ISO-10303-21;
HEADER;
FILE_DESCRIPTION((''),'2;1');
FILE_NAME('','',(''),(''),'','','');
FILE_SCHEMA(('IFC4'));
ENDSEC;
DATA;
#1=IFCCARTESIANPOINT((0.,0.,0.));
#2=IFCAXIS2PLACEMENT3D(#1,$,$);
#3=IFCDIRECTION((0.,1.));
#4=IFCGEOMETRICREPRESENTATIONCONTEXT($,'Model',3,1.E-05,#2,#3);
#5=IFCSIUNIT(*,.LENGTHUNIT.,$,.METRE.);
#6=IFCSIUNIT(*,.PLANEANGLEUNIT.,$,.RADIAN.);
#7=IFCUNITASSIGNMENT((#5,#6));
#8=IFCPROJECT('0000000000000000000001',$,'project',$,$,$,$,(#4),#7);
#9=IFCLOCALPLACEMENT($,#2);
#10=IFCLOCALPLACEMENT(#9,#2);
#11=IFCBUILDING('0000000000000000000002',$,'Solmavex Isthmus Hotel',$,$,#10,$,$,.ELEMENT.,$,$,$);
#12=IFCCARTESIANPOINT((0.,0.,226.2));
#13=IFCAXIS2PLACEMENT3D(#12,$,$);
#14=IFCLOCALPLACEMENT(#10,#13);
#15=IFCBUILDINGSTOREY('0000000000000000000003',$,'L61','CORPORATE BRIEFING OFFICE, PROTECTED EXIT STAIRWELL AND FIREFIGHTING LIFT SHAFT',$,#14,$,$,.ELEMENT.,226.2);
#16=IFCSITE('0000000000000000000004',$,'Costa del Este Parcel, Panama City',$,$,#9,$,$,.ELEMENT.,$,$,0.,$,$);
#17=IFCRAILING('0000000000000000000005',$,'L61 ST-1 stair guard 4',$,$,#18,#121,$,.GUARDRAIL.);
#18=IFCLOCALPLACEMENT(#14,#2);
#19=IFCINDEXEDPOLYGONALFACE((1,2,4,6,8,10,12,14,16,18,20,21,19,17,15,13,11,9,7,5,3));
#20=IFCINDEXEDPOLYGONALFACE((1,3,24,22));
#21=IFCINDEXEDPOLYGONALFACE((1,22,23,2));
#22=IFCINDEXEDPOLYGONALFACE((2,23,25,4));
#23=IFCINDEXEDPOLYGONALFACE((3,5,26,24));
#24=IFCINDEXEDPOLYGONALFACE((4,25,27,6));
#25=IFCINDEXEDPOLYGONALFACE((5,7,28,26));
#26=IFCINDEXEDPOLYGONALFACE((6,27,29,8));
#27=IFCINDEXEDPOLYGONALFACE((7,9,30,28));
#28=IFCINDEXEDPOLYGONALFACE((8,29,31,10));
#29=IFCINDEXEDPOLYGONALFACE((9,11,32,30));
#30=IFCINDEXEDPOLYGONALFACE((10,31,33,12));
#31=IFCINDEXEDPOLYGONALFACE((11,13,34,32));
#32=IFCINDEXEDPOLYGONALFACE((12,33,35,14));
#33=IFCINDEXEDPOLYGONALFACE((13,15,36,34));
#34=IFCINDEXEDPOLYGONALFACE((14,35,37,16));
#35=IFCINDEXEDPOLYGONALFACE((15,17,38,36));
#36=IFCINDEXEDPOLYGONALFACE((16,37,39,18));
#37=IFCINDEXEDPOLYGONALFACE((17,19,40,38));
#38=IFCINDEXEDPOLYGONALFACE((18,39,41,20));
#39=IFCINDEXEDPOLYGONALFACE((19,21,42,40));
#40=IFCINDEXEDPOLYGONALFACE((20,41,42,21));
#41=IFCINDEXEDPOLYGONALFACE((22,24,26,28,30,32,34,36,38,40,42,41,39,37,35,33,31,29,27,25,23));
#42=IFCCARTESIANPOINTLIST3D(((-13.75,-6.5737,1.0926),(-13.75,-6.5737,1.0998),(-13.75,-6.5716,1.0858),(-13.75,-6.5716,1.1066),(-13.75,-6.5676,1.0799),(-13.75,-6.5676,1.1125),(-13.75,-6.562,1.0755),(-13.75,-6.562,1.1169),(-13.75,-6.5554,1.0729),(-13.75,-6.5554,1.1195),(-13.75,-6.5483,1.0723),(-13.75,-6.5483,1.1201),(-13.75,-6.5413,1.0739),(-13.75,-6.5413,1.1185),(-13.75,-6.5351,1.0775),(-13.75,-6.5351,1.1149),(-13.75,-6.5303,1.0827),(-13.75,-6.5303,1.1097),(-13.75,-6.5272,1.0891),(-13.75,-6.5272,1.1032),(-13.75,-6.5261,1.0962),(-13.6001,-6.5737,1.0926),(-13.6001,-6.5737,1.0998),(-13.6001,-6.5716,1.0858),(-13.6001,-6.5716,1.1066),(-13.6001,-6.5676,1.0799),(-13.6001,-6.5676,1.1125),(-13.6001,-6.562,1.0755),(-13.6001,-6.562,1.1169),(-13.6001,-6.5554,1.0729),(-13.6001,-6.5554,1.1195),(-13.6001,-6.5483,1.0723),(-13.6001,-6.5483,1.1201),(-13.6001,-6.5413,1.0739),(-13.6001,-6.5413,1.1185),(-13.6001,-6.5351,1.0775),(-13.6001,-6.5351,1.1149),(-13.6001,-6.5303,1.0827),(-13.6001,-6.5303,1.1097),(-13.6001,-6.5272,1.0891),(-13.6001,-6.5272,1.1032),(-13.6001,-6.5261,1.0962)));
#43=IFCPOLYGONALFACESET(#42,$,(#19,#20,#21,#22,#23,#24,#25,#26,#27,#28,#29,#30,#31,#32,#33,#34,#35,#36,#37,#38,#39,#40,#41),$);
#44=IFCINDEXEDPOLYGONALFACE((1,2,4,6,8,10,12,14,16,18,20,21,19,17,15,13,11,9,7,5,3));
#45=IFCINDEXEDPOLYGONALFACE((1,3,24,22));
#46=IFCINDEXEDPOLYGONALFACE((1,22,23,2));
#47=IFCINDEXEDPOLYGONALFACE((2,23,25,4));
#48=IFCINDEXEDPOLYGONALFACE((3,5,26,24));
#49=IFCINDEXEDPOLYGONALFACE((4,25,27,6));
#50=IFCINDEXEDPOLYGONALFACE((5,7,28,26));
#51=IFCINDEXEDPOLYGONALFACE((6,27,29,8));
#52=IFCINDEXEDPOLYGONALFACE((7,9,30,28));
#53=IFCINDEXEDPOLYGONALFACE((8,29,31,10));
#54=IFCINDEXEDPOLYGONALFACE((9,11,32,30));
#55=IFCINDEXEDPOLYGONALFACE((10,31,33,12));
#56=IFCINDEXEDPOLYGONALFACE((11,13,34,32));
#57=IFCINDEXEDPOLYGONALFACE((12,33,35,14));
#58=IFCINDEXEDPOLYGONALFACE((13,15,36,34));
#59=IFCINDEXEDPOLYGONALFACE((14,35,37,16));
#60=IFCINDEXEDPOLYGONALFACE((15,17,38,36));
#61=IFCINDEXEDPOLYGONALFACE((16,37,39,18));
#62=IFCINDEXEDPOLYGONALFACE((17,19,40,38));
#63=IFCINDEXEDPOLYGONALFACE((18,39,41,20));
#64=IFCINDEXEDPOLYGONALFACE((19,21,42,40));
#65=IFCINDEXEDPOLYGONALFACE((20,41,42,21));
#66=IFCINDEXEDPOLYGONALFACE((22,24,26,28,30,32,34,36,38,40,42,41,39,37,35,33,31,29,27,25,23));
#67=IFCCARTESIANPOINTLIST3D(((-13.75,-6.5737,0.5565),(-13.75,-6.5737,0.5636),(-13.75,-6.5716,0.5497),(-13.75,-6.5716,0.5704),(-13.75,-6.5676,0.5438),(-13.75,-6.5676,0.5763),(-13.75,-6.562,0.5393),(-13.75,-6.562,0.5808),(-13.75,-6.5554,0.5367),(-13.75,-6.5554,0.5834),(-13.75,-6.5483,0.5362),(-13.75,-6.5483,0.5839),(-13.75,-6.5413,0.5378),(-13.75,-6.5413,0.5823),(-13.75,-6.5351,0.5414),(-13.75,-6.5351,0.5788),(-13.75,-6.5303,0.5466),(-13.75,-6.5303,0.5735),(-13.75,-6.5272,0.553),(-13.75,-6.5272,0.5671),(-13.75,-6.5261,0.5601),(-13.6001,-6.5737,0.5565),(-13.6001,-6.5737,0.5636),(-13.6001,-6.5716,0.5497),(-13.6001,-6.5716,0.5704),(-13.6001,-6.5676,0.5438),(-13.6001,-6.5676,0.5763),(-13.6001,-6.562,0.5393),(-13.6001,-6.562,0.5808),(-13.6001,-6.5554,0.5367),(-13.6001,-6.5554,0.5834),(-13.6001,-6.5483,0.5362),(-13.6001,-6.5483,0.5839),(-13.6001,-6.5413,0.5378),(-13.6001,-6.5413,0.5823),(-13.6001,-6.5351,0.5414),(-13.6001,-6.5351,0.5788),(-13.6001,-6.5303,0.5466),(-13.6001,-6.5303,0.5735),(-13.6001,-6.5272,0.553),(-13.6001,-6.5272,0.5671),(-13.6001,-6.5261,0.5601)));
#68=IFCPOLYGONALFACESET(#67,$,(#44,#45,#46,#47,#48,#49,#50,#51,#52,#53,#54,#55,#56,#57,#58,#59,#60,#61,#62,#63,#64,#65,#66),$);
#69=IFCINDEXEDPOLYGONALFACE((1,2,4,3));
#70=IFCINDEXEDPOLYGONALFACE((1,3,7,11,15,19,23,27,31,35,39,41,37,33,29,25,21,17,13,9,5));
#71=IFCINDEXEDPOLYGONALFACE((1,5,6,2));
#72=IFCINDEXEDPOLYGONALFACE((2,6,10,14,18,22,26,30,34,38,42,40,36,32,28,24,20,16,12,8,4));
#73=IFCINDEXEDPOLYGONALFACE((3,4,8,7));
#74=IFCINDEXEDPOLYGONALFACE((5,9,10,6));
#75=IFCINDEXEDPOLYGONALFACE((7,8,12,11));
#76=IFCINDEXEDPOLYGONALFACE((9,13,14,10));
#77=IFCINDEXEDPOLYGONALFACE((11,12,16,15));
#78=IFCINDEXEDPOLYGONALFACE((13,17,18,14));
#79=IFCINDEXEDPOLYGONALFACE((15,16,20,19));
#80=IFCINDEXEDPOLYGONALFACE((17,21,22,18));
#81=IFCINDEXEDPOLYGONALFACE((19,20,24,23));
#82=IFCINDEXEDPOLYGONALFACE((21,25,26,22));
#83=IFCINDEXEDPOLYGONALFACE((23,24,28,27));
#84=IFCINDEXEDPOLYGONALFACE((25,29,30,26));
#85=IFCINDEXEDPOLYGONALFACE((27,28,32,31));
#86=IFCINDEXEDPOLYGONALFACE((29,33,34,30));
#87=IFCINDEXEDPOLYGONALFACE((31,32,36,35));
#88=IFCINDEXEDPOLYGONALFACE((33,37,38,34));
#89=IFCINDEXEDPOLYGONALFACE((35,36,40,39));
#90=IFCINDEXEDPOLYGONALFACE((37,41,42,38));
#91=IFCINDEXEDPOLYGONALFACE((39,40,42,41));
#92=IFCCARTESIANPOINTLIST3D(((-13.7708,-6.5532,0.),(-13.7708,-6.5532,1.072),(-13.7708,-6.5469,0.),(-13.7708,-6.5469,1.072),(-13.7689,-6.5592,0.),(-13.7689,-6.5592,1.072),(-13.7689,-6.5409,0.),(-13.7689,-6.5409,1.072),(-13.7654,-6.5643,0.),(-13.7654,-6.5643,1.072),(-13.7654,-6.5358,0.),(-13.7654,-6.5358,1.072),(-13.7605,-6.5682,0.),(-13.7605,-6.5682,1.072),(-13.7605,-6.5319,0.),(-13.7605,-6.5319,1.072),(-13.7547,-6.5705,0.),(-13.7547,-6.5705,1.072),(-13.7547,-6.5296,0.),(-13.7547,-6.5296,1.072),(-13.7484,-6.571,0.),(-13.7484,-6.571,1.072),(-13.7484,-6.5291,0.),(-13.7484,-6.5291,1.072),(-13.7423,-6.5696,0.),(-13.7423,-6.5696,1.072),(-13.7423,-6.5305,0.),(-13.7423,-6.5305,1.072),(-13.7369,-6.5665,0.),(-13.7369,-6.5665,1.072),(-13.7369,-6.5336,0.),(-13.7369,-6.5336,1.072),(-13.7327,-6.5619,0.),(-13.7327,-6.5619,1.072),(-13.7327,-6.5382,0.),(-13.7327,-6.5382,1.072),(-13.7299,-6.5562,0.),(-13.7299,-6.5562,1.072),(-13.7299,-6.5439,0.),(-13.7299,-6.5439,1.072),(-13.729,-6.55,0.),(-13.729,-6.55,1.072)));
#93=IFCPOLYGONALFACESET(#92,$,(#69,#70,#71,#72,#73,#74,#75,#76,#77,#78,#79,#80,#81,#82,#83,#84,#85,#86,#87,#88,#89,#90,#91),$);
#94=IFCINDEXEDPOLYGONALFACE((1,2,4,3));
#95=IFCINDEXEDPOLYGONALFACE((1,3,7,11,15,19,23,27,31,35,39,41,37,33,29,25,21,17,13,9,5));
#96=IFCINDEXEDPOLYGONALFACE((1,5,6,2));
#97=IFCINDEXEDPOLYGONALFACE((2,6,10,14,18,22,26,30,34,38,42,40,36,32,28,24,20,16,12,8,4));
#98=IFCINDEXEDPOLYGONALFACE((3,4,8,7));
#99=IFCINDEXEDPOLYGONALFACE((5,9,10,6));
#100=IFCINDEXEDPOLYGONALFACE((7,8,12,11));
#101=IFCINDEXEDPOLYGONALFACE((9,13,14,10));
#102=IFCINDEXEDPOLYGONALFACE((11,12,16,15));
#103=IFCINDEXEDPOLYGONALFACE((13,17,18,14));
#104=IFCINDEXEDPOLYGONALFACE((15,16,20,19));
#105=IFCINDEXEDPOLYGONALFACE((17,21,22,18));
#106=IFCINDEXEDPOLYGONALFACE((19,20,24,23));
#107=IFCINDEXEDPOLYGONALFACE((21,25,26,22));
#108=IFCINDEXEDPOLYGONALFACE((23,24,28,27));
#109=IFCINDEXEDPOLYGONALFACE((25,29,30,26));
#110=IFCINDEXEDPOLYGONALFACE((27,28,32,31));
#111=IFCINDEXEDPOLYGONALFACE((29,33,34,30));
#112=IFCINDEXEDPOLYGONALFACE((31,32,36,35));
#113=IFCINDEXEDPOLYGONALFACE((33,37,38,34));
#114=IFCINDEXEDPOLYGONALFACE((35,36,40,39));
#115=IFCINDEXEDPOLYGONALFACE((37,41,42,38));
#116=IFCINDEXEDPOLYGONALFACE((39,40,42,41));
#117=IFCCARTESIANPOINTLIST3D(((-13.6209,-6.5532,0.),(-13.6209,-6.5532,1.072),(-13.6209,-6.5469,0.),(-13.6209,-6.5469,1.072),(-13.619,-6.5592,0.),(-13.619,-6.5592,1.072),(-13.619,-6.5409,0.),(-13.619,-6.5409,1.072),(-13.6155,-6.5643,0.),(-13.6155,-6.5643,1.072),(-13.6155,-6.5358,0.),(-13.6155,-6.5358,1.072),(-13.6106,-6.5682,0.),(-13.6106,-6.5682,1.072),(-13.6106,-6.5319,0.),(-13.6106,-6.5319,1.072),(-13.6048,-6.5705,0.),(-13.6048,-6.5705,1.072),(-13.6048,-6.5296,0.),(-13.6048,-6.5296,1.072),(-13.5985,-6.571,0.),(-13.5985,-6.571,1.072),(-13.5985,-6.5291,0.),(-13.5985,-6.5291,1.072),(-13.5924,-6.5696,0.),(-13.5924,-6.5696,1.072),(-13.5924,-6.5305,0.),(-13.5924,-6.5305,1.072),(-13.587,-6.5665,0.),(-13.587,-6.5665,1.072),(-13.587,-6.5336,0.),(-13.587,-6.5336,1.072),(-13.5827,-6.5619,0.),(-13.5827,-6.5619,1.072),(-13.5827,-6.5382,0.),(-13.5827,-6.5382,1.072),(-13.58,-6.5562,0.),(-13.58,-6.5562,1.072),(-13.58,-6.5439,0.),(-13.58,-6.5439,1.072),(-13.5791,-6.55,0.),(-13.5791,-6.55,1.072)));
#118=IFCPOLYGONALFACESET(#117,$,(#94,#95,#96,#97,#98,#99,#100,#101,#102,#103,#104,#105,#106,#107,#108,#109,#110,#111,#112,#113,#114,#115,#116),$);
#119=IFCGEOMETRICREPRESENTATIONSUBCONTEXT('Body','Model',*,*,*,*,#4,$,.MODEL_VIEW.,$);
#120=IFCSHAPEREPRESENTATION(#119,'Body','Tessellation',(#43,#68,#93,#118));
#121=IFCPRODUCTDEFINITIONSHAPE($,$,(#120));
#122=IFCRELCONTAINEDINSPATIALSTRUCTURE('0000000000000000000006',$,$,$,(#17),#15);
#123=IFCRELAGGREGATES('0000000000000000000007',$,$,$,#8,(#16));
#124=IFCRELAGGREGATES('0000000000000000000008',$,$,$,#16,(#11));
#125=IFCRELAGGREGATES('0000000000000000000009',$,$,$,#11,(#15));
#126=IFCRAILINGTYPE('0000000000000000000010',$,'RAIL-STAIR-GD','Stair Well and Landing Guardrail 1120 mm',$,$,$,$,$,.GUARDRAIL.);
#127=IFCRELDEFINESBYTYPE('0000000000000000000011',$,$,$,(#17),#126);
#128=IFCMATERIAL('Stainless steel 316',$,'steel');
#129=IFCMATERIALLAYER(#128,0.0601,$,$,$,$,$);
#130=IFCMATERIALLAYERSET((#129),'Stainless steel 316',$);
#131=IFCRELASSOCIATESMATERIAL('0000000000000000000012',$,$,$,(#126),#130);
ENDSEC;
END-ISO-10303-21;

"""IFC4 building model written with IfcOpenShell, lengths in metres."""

from ifc_helpers import new_model, si_unit, direction, frame, origin, origin_2d, place, context, subcontext, project, spatial, circle, extrude, material, layer, layer_set, type_object, element, save


model = new_model("IFC4")

# Units and contexts
model_context = context("Model", 3, precision=1e-05, world=origin(), true_north=direction((0.0, 1.0)))
body_context = subcontext(model_context, "Body", "Model", "MODEL_VIEW")
ifc_project = project(units=[si_unit("LENGTHUNIT", "METRE"), si_unit("PLANEANGLEUNIT", "RADIAN")], contexts=[model_context])

# Site, building, storey
site_placement = place(None, origin())
site = spatial("IfcSite", under=ifc_project, at=site_placement, Name="Costa del Este Parcel, Panama City", CompositionType="ELEMENT", RefElevation=0.0)
building_placement = place(site_placement, origin())
building = spatial("IfcBuilding", under=site, at=building_placement, Name="Solmavex Isthmus Hotel", CompositionType="ELEMENT")
storey_placement = place(building_placement, frame((0.0, 0.0, 226.2)))
storey = spatial("IfcBuildingStorey", under=building, at=storey_placement, Name="L61", Description="CORPORATE BRIEFING OFFICE, PROTECTED EXIT STAIRWELL AND FIREFIGHTING LIFT SHAFT", CompositionType="ELEMENT", Elevation=226.2)

# Shared definitions
ifc_material_1 = material(Name="Stainless steel 316", Category="steel")

# Railing
ifc_layer_1 = layer(ifc_material_1, 0.0601)
ifc_layer_set_1 = layer_set([ifc_layer_1], Name="Stainless steel 316")
railing_type_1 = type_object("IfcRailingType", Name="RAIL-STAIR-GD", Description="Stair Well and Landing Guardrail 1120 mm", PredefinedType="GUARDRAIL", material=ifc_layer_set_1)
railing_1_placement = place(storey_placement, frame((-13.75, -6.55, 0.0)))
element("IfcRailing", 1, at=railing_1_placement, inside=storey, type_object=railing_type_1, Name="L61 ST-1 stair guard 4", PredefinedType="GUARDRAIL", context=body_context, shape_type="SweptSolid", body=[
    extrude(circle(Radius=0.0239, at=origin_2d()), frame((0.0, 0.0, 1.0962), z_axis=(1.0, 0.0, 0.0), x_axis=(0.0, 1.0, 0.0)), (0.0, 0.0, 1.0), 0.1499),
    extrude(circle(Radius=0.0239, at=origin_2d()), frame((0.0, 0.0, 0.5601), z_axis=(1.0, 0.0, 0.0), x_axis=(0.0, 1.0, 0.0)), (0.0, 0.0, 1.0), 0.1499),
    extrude(circle(Radius=0.021, at=origin_2d()), origin(), (0.0, 0.0, 1.0), 1.072),
    extrude(circle(Radius=0.021, at=origin_2d()), frame((0.1499, 0.0, 0.0)), (0.0, 0.0, 1.0), 1.072),
])

save(model, "model.ifc")
